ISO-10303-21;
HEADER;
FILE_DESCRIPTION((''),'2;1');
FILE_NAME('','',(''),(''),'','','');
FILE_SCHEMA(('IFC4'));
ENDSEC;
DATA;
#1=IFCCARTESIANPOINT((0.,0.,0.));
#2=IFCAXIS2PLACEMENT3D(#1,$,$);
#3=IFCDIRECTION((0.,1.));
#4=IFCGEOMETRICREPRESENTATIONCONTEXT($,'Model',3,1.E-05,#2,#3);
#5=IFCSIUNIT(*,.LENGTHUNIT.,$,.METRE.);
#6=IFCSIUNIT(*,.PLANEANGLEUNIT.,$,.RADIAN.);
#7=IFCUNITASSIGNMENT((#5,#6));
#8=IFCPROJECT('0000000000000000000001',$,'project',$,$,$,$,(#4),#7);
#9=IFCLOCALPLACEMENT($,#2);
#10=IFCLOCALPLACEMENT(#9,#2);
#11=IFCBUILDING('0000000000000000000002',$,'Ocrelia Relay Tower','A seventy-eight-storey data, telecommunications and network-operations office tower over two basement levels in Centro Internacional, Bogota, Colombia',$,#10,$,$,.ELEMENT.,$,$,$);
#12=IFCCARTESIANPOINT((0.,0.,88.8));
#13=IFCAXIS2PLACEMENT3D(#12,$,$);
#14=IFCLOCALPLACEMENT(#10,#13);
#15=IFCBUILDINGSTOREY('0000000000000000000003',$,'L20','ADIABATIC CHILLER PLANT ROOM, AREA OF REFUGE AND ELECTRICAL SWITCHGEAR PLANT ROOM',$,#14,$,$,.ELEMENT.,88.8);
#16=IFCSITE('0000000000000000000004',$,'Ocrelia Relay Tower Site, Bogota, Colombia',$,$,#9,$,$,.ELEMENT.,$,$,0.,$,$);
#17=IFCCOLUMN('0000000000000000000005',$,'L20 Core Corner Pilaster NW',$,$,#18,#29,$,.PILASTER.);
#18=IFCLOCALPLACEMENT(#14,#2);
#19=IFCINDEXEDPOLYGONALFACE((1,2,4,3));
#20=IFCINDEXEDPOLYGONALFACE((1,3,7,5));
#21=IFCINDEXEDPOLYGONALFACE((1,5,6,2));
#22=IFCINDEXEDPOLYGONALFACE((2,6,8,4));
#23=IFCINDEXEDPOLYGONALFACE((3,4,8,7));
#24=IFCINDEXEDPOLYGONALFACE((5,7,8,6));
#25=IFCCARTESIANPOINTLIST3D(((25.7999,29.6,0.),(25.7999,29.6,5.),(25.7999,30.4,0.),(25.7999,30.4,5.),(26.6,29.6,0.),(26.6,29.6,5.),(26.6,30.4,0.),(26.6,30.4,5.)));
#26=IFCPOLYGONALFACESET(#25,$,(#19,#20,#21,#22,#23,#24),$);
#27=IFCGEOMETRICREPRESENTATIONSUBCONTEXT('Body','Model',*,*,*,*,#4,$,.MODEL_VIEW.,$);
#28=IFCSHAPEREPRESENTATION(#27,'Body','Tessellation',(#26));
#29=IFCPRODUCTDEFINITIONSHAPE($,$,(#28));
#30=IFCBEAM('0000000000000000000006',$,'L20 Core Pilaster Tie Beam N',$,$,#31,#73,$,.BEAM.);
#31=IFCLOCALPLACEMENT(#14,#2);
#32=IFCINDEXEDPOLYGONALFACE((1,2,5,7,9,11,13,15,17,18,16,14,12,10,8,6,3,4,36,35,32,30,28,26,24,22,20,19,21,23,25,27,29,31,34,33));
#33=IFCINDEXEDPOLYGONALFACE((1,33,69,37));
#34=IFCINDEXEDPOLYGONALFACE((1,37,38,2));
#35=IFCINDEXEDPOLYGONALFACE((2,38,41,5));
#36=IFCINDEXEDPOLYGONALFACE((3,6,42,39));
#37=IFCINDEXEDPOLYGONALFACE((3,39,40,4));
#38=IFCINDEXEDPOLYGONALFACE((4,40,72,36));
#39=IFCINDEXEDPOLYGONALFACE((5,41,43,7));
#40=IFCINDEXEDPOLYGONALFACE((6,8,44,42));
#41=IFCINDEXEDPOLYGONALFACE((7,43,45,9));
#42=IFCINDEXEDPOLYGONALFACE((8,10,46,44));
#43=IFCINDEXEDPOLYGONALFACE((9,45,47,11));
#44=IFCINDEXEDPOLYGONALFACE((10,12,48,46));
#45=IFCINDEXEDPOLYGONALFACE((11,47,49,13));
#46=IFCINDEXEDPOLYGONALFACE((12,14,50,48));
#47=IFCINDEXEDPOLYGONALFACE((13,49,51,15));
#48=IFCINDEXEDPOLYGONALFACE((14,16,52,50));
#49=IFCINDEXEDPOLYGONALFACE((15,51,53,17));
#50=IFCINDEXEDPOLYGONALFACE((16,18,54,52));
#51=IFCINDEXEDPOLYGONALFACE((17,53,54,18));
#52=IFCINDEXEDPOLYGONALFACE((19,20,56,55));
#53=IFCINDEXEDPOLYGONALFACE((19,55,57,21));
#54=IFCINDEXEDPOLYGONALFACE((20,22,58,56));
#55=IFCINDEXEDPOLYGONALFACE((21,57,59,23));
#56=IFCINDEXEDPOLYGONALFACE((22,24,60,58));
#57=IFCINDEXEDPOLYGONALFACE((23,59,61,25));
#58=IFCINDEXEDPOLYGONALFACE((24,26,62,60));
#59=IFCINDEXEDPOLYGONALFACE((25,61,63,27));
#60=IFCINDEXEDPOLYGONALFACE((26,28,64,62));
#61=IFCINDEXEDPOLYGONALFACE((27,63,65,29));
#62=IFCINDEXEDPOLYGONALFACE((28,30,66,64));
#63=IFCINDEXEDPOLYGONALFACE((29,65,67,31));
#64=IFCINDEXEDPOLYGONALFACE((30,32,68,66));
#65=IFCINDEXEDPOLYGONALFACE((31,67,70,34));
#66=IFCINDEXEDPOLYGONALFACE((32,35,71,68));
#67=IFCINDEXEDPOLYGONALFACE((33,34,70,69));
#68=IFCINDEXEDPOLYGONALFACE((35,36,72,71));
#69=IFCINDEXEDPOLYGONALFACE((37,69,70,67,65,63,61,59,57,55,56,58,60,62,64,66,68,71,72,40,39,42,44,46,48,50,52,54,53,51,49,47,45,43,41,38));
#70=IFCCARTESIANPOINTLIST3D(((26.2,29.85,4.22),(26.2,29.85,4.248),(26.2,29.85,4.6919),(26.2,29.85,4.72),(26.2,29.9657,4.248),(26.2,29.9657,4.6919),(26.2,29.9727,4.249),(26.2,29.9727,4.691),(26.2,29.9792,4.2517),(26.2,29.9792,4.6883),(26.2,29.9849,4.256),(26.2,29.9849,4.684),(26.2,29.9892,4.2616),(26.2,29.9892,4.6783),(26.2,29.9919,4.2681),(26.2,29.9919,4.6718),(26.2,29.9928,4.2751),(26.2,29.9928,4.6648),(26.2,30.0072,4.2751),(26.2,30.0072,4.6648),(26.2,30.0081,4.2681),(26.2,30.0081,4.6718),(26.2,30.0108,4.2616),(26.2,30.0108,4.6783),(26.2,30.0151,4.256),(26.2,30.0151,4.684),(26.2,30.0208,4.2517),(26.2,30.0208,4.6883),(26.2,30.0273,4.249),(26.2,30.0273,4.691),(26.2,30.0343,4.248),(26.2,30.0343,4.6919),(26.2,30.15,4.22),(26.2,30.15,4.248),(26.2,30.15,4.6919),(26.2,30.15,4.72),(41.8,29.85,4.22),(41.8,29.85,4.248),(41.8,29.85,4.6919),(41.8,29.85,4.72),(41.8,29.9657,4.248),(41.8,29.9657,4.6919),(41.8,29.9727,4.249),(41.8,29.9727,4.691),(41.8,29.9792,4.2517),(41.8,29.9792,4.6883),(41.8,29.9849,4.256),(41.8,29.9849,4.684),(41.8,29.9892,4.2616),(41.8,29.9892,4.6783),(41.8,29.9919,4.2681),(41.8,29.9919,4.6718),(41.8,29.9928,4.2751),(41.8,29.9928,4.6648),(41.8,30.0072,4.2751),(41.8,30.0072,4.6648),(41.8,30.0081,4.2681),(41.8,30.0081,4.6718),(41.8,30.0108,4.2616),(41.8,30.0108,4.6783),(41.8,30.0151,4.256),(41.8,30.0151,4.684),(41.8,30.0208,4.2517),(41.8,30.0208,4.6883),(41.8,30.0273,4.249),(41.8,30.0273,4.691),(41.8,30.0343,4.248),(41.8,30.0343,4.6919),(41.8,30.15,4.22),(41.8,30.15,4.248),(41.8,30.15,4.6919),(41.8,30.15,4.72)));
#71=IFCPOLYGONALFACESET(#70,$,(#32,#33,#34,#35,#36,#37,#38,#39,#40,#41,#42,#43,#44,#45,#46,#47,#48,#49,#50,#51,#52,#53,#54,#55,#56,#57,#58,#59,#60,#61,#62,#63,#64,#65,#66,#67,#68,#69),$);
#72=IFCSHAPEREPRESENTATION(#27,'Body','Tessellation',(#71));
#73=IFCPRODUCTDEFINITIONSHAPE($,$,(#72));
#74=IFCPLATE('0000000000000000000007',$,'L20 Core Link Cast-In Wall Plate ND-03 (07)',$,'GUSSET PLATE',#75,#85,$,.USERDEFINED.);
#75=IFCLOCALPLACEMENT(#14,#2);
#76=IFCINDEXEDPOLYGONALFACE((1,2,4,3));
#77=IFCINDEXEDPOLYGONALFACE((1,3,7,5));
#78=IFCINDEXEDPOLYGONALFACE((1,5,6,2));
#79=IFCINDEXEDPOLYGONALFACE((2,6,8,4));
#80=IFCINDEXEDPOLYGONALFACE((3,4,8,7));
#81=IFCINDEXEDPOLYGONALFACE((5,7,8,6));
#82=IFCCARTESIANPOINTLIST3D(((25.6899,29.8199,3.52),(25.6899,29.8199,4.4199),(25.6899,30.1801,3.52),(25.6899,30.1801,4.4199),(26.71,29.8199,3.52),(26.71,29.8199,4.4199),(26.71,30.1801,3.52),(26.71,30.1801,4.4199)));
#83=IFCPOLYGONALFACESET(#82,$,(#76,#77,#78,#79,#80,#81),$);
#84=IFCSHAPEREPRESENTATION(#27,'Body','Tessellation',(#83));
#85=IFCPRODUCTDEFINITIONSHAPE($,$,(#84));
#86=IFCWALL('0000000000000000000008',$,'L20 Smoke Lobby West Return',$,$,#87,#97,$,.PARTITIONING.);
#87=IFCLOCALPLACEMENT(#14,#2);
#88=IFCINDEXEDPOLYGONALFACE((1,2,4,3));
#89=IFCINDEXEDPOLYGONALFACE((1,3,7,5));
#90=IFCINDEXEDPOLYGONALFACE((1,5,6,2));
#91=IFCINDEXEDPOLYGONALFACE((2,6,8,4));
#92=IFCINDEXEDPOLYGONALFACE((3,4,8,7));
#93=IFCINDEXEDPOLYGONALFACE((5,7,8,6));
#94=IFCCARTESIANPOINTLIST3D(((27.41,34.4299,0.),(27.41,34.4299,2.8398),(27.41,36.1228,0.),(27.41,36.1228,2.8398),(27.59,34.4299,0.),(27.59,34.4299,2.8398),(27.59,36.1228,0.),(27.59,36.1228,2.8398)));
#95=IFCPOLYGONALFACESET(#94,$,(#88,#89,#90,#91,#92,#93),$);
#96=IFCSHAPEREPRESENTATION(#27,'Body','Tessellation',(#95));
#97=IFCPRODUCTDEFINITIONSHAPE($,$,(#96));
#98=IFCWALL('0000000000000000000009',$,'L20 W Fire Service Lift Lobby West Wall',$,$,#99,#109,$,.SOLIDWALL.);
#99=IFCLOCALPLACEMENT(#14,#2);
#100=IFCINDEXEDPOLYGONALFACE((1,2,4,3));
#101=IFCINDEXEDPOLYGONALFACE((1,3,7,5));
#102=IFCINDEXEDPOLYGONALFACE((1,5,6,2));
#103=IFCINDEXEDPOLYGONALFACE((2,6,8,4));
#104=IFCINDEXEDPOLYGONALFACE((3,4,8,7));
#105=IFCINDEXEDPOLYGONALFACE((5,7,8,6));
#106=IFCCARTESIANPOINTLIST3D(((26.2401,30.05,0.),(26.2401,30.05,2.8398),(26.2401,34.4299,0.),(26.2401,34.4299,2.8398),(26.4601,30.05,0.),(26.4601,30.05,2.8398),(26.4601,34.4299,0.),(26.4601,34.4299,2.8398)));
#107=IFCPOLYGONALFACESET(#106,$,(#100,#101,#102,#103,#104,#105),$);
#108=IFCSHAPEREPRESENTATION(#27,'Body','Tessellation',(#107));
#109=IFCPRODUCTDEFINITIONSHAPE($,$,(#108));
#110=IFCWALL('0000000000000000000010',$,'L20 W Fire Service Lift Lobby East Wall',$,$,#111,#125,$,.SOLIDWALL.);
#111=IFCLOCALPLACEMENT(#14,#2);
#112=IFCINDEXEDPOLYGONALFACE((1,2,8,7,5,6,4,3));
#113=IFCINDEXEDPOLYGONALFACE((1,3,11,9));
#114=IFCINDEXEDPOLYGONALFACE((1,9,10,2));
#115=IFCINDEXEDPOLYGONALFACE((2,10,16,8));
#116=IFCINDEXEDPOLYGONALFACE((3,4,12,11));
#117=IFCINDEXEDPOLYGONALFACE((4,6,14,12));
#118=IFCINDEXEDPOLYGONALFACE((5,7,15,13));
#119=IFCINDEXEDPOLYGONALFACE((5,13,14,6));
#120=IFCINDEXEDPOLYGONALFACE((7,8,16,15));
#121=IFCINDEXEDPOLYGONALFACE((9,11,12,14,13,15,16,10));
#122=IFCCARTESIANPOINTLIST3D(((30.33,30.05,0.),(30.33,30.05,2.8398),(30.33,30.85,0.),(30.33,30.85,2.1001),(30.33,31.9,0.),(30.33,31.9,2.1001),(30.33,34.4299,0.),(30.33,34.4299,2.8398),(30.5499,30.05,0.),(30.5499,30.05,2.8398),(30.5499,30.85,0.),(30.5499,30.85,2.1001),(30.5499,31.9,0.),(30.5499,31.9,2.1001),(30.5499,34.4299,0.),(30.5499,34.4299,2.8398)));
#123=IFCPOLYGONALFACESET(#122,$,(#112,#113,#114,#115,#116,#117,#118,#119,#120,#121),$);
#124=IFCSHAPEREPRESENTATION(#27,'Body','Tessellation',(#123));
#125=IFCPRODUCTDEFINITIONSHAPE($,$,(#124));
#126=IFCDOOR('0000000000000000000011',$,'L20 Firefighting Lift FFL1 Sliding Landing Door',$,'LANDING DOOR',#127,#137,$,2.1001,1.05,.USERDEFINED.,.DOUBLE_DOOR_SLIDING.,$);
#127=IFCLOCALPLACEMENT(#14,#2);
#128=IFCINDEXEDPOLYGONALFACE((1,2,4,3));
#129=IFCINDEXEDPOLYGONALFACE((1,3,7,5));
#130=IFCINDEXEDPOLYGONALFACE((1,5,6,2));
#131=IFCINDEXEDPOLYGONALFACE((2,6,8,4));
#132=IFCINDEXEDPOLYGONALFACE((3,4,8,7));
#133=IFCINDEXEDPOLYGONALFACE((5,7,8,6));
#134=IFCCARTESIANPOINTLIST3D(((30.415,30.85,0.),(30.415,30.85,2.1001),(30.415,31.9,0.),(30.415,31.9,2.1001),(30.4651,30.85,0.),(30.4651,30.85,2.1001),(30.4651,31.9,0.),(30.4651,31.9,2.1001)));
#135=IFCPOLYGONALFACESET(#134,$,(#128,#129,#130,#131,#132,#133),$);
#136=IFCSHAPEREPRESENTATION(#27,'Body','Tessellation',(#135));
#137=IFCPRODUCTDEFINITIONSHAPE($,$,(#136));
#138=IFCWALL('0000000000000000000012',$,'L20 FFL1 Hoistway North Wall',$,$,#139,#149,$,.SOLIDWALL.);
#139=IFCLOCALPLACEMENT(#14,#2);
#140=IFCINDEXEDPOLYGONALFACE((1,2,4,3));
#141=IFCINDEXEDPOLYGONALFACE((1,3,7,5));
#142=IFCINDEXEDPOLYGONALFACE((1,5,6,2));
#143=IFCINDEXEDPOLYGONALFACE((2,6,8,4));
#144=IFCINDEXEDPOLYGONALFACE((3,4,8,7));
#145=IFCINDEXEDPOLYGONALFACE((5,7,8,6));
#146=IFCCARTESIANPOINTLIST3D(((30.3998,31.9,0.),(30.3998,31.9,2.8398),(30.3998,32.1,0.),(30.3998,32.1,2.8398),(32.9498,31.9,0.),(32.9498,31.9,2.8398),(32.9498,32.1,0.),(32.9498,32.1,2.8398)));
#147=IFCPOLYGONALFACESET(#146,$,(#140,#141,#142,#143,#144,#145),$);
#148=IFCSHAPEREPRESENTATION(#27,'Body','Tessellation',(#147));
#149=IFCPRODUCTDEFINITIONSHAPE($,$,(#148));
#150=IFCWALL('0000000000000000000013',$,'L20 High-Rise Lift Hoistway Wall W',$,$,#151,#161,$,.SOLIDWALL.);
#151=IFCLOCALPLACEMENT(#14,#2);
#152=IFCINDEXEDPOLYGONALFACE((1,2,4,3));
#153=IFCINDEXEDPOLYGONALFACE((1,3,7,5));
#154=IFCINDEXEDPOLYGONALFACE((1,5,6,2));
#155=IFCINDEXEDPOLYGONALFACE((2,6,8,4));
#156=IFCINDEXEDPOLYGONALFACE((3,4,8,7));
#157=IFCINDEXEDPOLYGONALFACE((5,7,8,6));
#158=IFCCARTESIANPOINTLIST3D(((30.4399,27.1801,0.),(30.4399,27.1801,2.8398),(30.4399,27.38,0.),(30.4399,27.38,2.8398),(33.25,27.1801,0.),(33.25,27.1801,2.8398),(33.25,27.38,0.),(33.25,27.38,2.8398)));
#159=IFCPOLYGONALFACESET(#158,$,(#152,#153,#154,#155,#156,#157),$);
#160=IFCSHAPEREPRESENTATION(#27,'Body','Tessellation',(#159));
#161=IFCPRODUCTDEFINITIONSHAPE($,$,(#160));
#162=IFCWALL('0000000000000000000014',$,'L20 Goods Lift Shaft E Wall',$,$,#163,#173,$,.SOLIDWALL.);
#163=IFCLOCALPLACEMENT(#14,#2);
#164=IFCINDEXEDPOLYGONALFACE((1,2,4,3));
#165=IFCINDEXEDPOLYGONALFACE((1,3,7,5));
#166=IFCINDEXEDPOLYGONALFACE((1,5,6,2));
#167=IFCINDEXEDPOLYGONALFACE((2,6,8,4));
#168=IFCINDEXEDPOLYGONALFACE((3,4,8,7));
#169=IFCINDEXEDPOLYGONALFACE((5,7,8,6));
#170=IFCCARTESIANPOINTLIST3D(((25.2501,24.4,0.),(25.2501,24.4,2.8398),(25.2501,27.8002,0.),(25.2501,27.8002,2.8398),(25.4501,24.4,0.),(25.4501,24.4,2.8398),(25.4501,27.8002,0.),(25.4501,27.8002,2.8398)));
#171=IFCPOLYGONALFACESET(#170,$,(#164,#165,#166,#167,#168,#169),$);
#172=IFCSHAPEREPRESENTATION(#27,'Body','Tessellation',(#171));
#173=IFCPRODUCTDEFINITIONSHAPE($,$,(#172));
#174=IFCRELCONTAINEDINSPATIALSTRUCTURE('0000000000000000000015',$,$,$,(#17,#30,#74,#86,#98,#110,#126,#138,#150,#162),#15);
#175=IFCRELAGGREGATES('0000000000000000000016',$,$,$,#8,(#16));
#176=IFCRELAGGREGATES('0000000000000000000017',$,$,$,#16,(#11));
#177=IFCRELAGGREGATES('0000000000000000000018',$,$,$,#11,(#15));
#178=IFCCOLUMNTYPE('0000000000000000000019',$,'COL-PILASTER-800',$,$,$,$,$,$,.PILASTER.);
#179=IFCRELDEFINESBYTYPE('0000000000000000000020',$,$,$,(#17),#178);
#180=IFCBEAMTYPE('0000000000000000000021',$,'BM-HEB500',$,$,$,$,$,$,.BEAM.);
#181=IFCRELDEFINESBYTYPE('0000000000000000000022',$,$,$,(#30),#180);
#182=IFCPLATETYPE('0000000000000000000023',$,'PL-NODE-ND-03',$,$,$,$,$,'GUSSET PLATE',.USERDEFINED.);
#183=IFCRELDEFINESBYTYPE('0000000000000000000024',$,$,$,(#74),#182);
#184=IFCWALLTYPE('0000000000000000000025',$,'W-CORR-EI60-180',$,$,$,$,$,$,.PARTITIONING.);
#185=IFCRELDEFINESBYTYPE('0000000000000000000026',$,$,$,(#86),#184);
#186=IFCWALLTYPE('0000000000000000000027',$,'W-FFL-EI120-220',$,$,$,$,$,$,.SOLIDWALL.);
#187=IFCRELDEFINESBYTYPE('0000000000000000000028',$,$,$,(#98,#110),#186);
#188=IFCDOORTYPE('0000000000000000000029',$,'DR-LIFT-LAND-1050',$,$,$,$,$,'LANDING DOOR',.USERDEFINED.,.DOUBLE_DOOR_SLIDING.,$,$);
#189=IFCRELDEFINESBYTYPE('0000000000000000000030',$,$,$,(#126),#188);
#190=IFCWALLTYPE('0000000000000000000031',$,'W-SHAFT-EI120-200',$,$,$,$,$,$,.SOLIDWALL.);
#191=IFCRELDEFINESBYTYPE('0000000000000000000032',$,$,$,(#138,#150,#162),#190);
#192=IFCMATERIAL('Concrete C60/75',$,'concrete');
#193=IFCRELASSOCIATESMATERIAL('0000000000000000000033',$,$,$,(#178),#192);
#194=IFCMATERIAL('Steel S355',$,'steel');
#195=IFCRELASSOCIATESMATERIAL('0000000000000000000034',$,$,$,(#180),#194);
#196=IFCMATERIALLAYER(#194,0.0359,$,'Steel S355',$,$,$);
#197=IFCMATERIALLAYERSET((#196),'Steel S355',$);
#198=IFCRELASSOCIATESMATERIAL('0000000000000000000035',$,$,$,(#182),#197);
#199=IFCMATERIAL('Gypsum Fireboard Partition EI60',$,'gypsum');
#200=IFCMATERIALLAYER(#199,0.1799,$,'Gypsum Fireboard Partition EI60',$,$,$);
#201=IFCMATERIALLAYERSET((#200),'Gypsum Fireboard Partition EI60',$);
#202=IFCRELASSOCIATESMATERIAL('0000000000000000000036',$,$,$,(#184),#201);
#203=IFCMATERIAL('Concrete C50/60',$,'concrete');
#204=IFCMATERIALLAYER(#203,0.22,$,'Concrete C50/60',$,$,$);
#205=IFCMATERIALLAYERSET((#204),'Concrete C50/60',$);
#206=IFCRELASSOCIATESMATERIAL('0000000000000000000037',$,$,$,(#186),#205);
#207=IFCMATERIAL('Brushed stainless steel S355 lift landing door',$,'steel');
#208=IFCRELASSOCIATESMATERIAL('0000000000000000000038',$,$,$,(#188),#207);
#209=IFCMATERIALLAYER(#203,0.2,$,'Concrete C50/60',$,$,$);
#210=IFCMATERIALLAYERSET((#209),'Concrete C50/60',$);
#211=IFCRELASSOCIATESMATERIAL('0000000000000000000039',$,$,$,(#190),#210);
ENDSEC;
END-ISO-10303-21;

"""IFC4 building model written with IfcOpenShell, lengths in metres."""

from ifc_helpers import new_model, si_unit, direction, frame, frame_2d, origin, origin_2d, place, context, subcontext, project, spatial, rectangle, i_section, extrude, material, layer, layer_set, material_profile, profile_set, type_object, element, fill, save


model = new_model("IFC4")

# Units and contexts
model_context = context("Model", 3, precision=1e-05, world=origin(), true_north=direction((0.0, 1.0)))
body_context = subcontext(model_context, "Body", "Model", "MODEL_VIEW")
ifc_project = project(units=[si_unit("LENGTHUNIT", "METRE"), si_unit("PLANEANGLEUNIT", "RADIAN")], contexts=[model_context])

# Site, building, storey
site_placement = place(None, origin())
site = spatial("IfcSite", under=ifc_project, at=site_placement, Name="Ocrelia Relay Tower Site, Bogota, Colombia", CompositionType="ELEMENT", RefElevation=0.0)
building_placement = place(site_placement, origin())
building = spatial("IfcBuilding", under=site, at=building_placement, Name="Ocrelia Relay Tower", Description="A seventy-eight-storey data, telecommunications and network-operations office tower over two basement levels in Centro Internacional, Bogota, Colombia", CompositionType="ELEMENT")
storey_placement = place(building_placement, frame((0.0, 0.0, 88.8)))
storey = spatial("IfcBuildingStorey", under=building, at=storey_placement, Name="L20", Description="ADIABATIC CHILLER PLANT ROOM, AREA OF REFUGE AND ELECTRICAL SWITCHGEAR PLANT ROOM", CompositionType="ELEMENT", Elevation=88.8)

# Column
ifc_material_1 = material(Name="Concrete C60/75", Category="concrete")
ifc_material_profile_1 = material_profile(ifc_material_1, rectangle(XDim=0.8, YDim=0.8, at=origin_2d()), Name="RC-COL-800x800")
ifc_profile_set_1 = profile_set([ifc_material_profile_1], Name="Concrete C60/75")
column_type = type_object("IfcColumnType", Name="COL-PILASTER-800", PredefinedType="PILASTER", material=ifc_profile_set_1)
column_placement = place(storey_placement, frame((26.2, 30.0, 0.0), z_axis=(0.0, 0.0, 1.0), x_axis=(1.0, 0.0, 0.0)))
element("IfcColumn", 1, at=column_placement, inside=storey, type_object=column_type, Name="L20 Core Corner Pilaster NW", PredefinedType="PILASTER", context=body_context, shape_type="SweptSolid", body=[
    extrude(rectangle(XDim=0.8, YDim=0.8, at=origin_2d()), origin(), (0.0, 0.0, 1.0), 5.0),
])

# Beam
ifc_material_2 = material(Name="Steel S355", Category="steel")
ifc_material_profile_2 = material_profile(ifc_material_2, i_section(OverallWidth=0.3, OverallDepth=0.5, WebThickness=0.0144, FlangeThickness=0.0281, FilletRadius=0.0271, at=origin_2d()), Name="HEB 500")
ifc_profile_set_2 = profile_set([ifc_material_profile_2], Name="Steel S355")
beam_type = type_object("IfcBeamType", Name="BM-HEB500", PredefinedType="BEAM", material=ifc_profile_set_2)
beam_placement = place(storey_placement, frame((26.2, 30.0, 4.47), z_axis=(1.0, 0.0, 0.0), x_axis=(0.0, 1.0, 0.0)))
element("IfcBeam", 2, at=beam_placement, inside=storey, type_object=beam_type, Name="L20 Core Pilaster Tie Beam N", PredefinedType="BEAM", context=body_context, shape_type="SweptSolid", body=[
    extrude(i_section(OverallWidth=0.3, OverallDepth=0.5, WebThickness=0.0144, FlangeThickness=0.0281, FilletRadius=0.0271, at=origin_2d()), origin(), (0.0, 0.0, 1.0), 15.6001),
])

# Plate
ifc_layer_1 = layer(ifc_material_2, 0.0359, Name="Steel S355")
ifc_layer_set_1 = layer_set([ifc_layer_1], Name="Steel S355")
plate_type = type_object("IfcPlateType", Name="PL-NODE-ND-03", ElementType="GUSSET PLATE", PredefinedType="USERDEFINED", material=ifc_layer_set_1)
plate_placement = place(storey_placement, frame((26.2, 30.0, 3.52), z_axis=(0.0, 0.0, 1.0), x_axis=(1.0, 0.0, 0.0)))
element("IfcPlate", 3, at=plate_placement, inside=storey, type_object=plate_type, Name="L20 Core Link Cast-In Wall Plate ND-03 (07)", ObjectType="GUSSET PLATE", PredefinedType="USERDEFINED", context=body_context, shape_type="SweptSolid", body=[
    extrude(rectangle(XDim=1.02, YDim=0.3601, at=origin_2d()), origin(), (0.0, 0.0, 1.0), 0.8999),
])

# Walls
ifc_material_3 = material(Name="Gypsum Fireboard Partition EI60", Category="gypsum")
ifc_layer_2 = layer(ifc_material_3, 0.1799, Name="Gypsum Fireboard Partition EI60")
ifc_layer_set_2 = layer_set([ifc_layer_2], Name="Gypsum Fireboard Partition EI60")
wall_type_1 = type_object("IfcWallType", Name="W-CORR-EI60-180", PredefinedType="PARTITIONING", material=ifc_layer_set_2)
wall_1_placement = place(storey_placement, frame((27.5, 34.4299, 0.0), z_axis=(0.0, 0.0, 1.0), x_axis=(0.0, 1.0, 0.0)))
element("IfcWall", 4, at=wall_1_placement, inside=storey, type_object=wall_type_1, Name="L20 Smoke Lobby West Return", PredefinedType="PARTITIONING", context=body_context, shape_type="SweptSolid", body=[
    extrude(rectangle(XDim=1.6929, YDim=0.1799, at=frame_2d((0.8464, 0.0))), origin(), (0.0, 0.0, 1.0), 2.8398),
])
ifc_material_4 = material(Name="Concrete C50/60", Category="concrete")
ifc_layer_3 = layer(ifc_material_4, 0.22, Name="Concrete C50/60")
ifc_layer_set_3 = layer_set([ifc_layer_3], Name="Concrete C50/60")
wall_type_2 = type_object("IfcWallType", Name="W-FFL-EI120-220", PredefinedType="SOLIDWALL", material=ifc_layer_set_3)
wall_2_placement = place(storey_placement, frame((26.3501, 30.05, 0.0), z_axis=(0.0, 0.0, 1.0), x_axis=(0.0, 1.0, 0.0)))
element("IfcWall", 5, at=wall_2_placement, inside=storey, type_object=wall_type_2, Name="L20 W Fire Service Lift Lobby West Wall", PredefinedType="SOLIDWALL", context=body_context, shape_type="SweptSolid", body=[
    extrude(rectangle(XDim=4.3799, YDim=0.22, at=frame_2d((2.1899, 0.0))), origin(), (0.0, 0.0, 1.0), 2.8398),
])

# Wall, opening, door
wall_3_placement = place(storey_placement, frame((30.4399, 30.05, 0.0), z_axis=(0.0, 0.0, 1.0), x_axis=(0.0, 1.0, 0.0)))
wall_3 = element("IfcWall", 6, at=wall_3_placement, inside=storey, type_object=wall_type_2, Name="L20 W Fire Service Lift Lobby East Wall", PredefinedType="SOLIDWALL", context=body_context, shape_type="SweptSolid", body=[
    extrude(rectangle(XDim=4.3799, YDim=0.22, at=frame_2d((2.1899, 0.0))), origin(), (0.0, 0.0, 1.0), 2.8398),
])
opening_1_placement = place(wall_3_placement, frame((0.8, 0.0, 0.0)))
opening_1 = element("IfcOpeningElement", 7, at=opening_1_placement, cuts=wall_3, PredefinedType="OPENING", context=body_context, shape_type="SweptSolid", body=[
    extrude(rectangle(XDim=1.05, YDim=2.1001, at=frame_2d((0.5249, 1.05))), frame((0.0, 0.1201, 0.0), z_axis=(0.0, -1.0, 0.0), x_axis=(1.0, 0.0, 0.0)), (0.0, 0.0, 1.0), 0.24),
])
ifc_material_5 = material(Name="Brushed stainless steel S355 lift landing door", Category="steel")
door_type_1 = type_object("IfcDoorType", Name="DR-LIFT-LAND-1050", ElementType="LANDING DOOR", OperationType="DOUBLE_DOOR_SLIDING", PredefinedType="USERDEFINED", material=ifc_material_5)
door_1_placement = place(opening_1_placement, origin())
door_1 = element("IfcDoor", 8, at=door_1_placement, inside=storey, type_object=door_type_1, Name="L20 Firefighting Lift FFL1 Sliding Landing Door", ObjectType="LANDING DOOR", OperationType="DOUBLE_DOOR_SLIDING", OverallHeight=2.1001, OverallWidth=1.05, PredefinedType="USERDEFINED", context=body_context, shape_type="SweptSolid", body=[
    extrude(rectangle(XDim=1.05, YDim=2.1001, at=frame_2d((0.5249, 1.05))), frame((0.0, 0.0249, 0.0), z_axis=(0.0, -1.0, 0.0), x_axis=(1.0, 0.0, 0.0)), (0.0, 0.0, 1.0), 0.05),
])
fill(opening_1, door_1)

# Walls
ifc_layer_4 = layer(ifc_material_4, 0.2, Name="Concrete C50/60")
ifc_layer_set_4 = layer_set([ifc_layer_4], Name="Concrete C50/60")
wall_type_3 = type_object("IfcWallType", Name="W-SHAFT-EI120-200", PredefinedType="SOLIDWALL", material=ifc_layer_set_4)
wall_4_placement = place(storey_placement, frame((30.3999, 32.0, 0.0), z_axis=(0.0, 0.0, 1.0), x_axis=(1.0, 0.0, 0.0)))
element("IfcWall", 9, at=wall_4_placement, inside=storey, type_object=wall_type_3, Name="L20 FFL1 Hoistway North Wall", PredefinedType="SOLIDWALL", context=body_context, shape_type="SweptSolid", body=[
    extrude(rectangle(XDim=2.55, YDim=0.2, at=frame_2d((1.2749, 0.0))), origin(), (0.0, 0.0, 1.0), 2.8398),
])
wall_5_placement = place(storey_placement, frame((30.4399, 27.28, 0.0), z_axis=(0.0, 0.0, 1.0), x_axis=(1.0, 0.0, 0.0)))
element("IfcWall", 10, at=wall_5_placement, inside=storey, type_object=wall_type_3, Name="L20 High-Rise Lift Hoistway Wall W", PredefinedType="SOLIDWALL", context=body_context, shape_type="SweptSolid", body=[
    extrude(rectangle(XDim=2.8101, YDim=0.2, at=frame_2d((1.405, 0.0))), origin(), (0.0, 0.0, 1.0), 2.8398),
])
wall_6_placement = place(storey_placement, frame((25.3501, 24.3999, 0.0), z_axis=(0.0, 0.0, 1.0), x_axis=(0.0, 1.0, 0.0)))
element("IfcWall", 11, at=wall_6_placement, inside=storey, type_object=wall_type_3, Name="L20 Goods Lift Shaft E Wall", PredefinedType="SOLIDWALL", context=body_context, shape_type="SweptSolid", body=[
    extrude(rectangle(XDim=3.4001, YDim=0.2, at=frame_2d((1.7002, 0.0))), origin(), (0.0, 0.0, 1.0), 2.8398),
])

save(model, "model.ifc")
